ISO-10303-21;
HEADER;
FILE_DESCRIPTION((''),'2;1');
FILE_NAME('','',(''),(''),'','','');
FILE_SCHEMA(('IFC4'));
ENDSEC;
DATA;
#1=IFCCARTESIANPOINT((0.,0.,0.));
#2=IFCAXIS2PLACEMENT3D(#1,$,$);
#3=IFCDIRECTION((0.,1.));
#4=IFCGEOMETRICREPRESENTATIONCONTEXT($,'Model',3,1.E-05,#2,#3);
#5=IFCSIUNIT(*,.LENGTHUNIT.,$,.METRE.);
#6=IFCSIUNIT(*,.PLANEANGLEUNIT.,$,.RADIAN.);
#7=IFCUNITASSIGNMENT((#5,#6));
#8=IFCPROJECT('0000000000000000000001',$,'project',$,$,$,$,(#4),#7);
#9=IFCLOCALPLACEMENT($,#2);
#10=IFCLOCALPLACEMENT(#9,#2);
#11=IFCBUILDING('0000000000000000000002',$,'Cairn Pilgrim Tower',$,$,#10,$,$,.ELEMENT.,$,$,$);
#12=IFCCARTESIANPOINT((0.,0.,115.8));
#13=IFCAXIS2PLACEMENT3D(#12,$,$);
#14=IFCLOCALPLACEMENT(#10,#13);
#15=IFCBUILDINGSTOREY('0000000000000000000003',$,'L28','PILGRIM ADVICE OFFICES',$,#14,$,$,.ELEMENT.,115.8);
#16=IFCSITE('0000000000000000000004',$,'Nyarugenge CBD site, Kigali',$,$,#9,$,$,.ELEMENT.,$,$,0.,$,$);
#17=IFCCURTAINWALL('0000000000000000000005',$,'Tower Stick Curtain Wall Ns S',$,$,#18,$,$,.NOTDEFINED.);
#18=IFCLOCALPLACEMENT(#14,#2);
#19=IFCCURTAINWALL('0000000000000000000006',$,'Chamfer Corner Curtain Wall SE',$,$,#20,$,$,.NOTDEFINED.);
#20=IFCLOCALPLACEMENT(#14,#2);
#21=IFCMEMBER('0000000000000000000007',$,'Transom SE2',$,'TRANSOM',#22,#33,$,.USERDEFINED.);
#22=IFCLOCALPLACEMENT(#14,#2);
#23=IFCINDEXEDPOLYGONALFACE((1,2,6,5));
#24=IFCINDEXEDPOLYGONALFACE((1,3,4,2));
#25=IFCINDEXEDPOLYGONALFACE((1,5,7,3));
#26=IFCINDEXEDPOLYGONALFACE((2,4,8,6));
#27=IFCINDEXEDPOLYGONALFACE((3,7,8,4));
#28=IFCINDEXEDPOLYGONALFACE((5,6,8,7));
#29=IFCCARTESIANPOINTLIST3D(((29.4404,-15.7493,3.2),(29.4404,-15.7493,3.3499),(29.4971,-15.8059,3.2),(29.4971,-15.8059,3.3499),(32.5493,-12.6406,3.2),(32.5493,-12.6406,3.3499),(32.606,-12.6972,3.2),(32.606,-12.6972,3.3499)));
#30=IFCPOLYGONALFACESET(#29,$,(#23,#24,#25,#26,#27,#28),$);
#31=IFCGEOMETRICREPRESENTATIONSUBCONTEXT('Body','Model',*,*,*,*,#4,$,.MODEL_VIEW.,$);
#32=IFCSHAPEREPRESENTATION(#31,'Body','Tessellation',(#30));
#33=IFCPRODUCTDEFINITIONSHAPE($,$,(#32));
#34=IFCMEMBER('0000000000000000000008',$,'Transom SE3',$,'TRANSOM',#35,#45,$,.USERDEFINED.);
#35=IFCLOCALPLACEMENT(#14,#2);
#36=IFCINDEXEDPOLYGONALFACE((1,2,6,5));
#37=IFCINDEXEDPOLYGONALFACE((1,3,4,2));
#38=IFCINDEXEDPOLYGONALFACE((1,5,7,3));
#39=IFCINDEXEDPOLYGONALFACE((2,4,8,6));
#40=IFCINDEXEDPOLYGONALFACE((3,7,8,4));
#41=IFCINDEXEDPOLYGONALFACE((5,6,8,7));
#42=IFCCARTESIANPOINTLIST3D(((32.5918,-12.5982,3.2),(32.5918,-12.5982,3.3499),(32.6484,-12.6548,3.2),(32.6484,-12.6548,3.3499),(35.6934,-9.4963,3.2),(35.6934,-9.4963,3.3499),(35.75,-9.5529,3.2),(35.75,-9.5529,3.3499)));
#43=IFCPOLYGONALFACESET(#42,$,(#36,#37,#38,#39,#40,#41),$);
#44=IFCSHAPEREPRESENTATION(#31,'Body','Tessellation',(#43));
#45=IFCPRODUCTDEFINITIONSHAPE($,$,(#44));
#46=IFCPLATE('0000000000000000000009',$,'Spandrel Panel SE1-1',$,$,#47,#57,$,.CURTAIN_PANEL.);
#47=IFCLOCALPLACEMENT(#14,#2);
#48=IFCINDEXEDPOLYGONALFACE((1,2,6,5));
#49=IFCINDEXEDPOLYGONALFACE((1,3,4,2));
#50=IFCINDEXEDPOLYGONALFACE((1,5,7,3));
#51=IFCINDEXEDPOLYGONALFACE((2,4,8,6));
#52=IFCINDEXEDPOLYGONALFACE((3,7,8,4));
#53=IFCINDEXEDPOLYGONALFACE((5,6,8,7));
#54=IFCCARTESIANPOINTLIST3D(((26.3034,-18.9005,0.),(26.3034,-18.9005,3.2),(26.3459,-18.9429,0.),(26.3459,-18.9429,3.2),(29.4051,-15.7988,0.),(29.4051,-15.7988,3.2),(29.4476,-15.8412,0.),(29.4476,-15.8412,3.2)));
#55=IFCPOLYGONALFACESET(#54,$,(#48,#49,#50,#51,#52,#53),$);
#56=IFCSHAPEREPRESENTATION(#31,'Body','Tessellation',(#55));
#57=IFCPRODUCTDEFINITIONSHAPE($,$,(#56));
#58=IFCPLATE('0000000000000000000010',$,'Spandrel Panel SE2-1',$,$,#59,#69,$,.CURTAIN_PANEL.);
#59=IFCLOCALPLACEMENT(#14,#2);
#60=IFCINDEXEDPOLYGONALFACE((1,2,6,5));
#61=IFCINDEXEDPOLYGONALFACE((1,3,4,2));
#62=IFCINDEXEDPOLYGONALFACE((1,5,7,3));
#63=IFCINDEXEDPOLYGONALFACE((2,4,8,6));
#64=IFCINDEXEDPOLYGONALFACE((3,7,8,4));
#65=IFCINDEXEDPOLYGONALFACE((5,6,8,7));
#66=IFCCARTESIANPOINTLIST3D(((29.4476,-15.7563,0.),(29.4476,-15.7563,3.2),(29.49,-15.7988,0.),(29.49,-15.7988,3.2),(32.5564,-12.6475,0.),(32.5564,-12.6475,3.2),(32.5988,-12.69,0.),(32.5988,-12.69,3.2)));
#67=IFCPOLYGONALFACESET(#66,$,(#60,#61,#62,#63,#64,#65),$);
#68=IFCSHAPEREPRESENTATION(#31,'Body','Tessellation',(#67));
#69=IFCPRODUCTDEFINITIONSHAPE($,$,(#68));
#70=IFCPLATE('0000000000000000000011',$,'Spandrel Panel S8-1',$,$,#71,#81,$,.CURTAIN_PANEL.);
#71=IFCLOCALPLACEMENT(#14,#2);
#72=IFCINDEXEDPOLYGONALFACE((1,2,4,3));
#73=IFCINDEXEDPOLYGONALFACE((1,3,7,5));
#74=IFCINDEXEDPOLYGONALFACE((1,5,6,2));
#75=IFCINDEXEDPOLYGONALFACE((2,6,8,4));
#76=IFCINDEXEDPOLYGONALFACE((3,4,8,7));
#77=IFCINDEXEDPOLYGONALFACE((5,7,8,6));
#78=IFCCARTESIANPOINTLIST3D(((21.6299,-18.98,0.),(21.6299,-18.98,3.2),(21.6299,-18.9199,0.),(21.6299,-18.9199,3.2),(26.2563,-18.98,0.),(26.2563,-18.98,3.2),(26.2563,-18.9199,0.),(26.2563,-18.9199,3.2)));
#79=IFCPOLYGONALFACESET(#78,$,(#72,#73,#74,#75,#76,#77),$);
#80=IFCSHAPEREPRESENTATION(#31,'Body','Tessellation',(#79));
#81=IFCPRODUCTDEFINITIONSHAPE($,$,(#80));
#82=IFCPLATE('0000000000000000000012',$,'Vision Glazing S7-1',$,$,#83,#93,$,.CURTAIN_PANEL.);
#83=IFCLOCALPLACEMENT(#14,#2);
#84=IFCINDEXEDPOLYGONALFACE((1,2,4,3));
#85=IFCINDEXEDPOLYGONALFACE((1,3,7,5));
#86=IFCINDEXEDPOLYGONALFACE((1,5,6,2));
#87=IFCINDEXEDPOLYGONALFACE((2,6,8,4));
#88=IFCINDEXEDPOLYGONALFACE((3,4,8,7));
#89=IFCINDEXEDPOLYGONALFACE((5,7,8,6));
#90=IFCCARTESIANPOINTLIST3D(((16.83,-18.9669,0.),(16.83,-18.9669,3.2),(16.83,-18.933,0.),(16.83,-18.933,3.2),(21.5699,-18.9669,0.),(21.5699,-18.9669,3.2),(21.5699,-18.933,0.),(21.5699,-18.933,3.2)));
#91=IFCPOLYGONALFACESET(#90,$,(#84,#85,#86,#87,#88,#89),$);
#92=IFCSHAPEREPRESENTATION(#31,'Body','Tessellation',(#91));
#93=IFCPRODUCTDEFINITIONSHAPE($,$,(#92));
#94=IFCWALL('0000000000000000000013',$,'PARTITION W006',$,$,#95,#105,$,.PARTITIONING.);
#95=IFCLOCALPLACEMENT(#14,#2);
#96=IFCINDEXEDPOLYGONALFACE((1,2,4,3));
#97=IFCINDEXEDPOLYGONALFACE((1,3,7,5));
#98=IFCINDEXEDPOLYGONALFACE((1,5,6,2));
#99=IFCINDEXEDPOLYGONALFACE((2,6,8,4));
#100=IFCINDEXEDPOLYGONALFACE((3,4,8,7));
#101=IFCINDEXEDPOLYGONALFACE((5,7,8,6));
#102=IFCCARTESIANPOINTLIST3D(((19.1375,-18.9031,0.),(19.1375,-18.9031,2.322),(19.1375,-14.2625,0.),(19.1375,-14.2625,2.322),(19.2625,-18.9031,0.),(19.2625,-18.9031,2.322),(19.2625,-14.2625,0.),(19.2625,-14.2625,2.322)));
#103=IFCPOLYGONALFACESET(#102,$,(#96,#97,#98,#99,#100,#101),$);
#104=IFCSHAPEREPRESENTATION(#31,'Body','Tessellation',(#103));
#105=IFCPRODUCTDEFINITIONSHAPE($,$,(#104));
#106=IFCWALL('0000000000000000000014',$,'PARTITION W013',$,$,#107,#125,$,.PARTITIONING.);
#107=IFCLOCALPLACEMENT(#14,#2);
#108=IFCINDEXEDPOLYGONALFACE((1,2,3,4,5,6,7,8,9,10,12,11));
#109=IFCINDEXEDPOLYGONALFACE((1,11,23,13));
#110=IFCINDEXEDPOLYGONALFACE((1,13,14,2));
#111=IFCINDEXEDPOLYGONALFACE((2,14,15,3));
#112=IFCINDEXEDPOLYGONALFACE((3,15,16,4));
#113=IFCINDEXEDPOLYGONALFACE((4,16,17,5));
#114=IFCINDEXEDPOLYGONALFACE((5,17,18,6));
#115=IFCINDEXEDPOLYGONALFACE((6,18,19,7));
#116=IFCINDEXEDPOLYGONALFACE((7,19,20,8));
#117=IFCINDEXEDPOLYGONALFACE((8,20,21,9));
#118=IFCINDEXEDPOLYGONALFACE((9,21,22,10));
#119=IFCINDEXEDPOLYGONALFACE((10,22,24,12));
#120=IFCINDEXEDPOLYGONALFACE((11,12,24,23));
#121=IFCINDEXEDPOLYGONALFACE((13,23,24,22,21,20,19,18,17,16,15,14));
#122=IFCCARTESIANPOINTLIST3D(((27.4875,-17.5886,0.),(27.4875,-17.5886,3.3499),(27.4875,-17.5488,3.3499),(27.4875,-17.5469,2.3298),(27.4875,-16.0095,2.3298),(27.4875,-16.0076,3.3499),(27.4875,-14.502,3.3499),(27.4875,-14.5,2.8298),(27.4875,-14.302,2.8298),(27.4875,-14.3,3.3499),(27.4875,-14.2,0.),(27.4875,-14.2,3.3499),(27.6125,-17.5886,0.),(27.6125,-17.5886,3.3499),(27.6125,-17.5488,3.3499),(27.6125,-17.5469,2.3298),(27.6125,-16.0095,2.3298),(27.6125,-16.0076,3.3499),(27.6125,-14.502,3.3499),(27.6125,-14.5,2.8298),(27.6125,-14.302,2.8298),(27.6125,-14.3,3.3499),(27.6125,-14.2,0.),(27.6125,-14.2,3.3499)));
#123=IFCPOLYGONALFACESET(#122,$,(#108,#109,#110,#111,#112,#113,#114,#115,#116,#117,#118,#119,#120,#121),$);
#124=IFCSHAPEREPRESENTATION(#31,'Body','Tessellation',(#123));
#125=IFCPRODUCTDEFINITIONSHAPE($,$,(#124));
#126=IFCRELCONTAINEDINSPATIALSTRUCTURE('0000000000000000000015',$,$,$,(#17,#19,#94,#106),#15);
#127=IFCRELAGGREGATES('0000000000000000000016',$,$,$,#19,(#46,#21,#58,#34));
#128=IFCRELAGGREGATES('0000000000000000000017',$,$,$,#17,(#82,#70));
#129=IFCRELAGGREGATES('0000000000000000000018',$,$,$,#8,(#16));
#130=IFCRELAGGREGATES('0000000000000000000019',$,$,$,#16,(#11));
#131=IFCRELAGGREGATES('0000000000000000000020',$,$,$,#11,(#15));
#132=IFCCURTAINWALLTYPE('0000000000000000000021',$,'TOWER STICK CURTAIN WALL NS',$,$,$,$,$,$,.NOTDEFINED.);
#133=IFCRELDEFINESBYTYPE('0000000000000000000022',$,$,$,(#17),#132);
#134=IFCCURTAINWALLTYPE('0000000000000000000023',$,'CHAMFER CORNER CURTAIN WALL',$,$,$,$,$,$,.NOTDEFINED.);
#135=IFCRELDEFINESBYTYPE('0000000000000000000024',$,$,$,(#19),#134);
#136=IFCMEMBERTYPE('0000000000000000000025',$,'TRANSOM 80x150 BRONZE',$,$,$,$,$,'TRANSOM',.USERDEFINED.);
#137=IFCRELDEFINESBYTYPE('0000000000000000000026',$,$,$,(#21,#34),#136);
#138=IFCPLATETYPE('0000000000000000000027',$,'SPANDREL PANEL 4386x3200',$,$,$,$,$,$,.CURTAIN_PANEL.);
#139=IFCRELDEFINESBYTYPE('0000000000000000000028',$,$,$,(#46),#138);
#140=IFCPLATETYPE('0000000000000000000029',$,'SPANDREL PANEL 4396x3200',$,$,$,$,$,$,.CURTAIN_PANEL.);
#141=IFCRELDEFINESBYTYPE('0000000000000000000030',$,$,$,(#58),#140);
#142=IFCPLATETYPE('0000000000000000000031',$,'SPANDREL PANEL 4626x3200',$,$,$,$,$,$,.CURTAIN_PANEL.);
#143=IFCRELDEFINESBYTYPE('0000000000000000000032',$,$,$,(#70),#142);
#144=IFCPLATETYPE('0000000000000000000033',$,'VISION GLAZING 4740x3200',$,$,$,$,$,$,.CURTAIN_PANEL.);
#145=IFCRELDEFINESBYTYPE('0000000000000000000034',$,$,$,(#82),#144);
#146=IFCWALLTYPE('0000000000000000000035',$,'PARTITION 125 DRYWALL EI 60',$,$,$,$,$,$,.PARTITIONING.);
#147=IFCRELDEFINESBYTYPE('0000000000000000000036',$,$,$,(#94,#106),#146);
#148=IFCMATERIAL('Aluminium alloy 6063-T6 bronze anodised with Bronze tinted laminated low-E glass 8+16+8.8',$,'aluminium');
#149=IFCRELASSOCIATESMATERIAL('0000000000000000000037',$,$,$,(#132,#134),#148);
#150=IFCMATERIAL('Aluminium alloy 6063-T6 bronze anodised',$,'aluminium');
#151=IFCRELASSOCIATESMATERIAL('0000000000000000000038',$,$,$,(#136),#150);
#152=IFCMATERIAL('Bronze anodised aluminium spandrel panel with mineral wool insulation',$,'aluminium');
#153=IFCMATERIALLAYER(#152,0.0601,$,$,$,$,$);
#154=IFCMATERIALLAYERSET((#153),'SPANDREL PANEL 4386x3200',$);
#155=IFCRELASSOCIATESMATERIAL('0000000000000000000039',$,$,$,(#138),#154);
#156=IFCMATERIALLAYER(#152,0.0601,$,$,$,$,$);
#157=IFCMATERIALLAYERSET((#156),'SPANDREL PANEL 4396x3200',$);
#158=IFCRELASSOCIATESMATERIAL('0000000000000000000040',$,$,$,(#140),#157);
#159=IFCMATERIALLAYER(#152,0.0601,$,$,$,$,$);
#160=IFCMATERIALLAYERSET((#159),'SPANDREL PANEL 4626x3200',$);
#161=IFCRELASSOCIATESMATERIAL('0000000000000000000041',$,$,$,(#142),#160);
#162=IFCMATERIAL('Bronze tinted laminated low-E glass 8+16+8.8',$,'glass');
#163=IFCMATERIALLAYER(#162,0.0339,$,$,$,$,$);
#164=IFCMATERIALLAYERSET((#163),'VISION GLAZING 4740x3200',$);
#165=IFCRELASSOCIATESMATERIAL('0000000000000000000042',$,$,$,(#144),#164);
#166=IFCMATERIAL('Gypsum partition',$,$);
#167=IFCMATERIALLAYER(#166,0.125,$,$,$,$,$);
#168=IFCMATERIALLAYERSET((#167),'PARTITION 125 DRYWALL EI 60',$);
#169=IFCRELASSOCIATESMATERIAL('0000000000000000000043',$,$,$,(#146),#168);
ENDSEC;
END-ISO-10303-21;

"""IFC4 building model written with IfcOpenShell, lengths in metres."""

from ifc_helpers import new_model, si_unit, direction, frame, frame_2d, origin, origin_2d, place, context, subcontext, project, spatial, polyline, rectangle, outline, extrude, material, layer, layer_set, material_profile, profile_set, type_object, element, aggregate, save


model = new_model("IFC4")

# Units and contexts
model_context = context("Model", 3, precision=1e-05, world=origin(), true_north=direction((0.0, 1.0)))
body_context = subcontext(model_context, "Body", "Model", "MODEL_VIEW")
ifc_project = project(units=[si_unit("LENGTHUNIT", "METRE"), si_unit("PLANEANGLEUNIT", "RADIAN")], contexts=[model_context])

# Site, building, storey
site_placement = place(None, origin())
site = spatial("IfcSite", under=ifc_project, at=site_placement, Name="Nyarugenge CBD site, Kigali", CompositionType="ELEMENT", RefElevation=0.0)
building_placement = place(site_placement, origin())
building = spatial("IfcBuilding", under=site, at=building_placement, Name="Cairn Pilgrim Tower", CompositionType="ELEMENT")
storey_placement = place(building_placement, frame((0.0, 0.0, 115.8)))
storey = spatial("IfcBuildingStorey", under=building, at=storey_placement, Name="L28", Description="PILGRIM ADVICE OFFICES", CompositionType="ELEMENT", Elevation=115.8)

# Curtain wall
ifc_material_1 = material(Name="Aluminium alloy 6063-T6 bronze anodised with Bronze tinted laminated low-E glass 8+16+8.8", Category="aluminium")
curtain_wall_type_1 = type_object("IfcCurtainWallType", Name="TOWER STICK CURTAIN WALL NS", PredefinedType="NOTDEFINED", material=ifc_material_1)
curtain_wall_1_placement = place(storey_placement, origin())
curtain_wall_1 = element("IfcCurtainWall", 1, at=curtain_wall_1_placement, inside=storey, type_object=curtain_wall_type_1, Name="Tower Stick Curtain Wall Ns S", PredefinedType="NOTDEFINED")
ifc_material_2 = material(Name="Aluminium alloy 6063-T6 bronze anodised", Category="aluminium")

# Curtain wall
curtain_wall_type_2 = type_object("IfcCurtainWallType", Name="CHAMFER CORNER CURTAIN WALL", PredefinedType="NOTDEFINED", material=ifc_material_1)
curtain_wall_2_placement = place(storey_placement, origin())
curtain_wall_2 = element("IfcCurtainWall", 2, at=curtain_wall_2_placement, inside=storey, type_object=curtain_wall_type_2, Name="Chamfer Corner Curtain Wall SE", PredefinedType="NOTDEFINED")

# Members
ifc_material_profile_1 = material_profile(ifc_material_2, rectangle(XDim=0.0801, YDim=0.1499, at=origin_2d()), Name="TRANSOM 80x150 BRONZE")
ifc_profile_set_1 = profile_set([ifc_material_profile_1], Name="Aluminium alloy 6063-T6 bronze anodised")
member_type_1 = type_object("IfcMemberType", Name="TRANSOM 80x150 BRONZE", ElementType="TRANSOM", PredefinedType="USERDEFINED", material=ifc_profile_set_1)
member_1_placement = place(storey_placement, frame((29.4688, -15.7776, 3.2749), z_axis=(0.707135, 0.707079, 0.0), x_axis=(-0.707079, 0.707135, 0.0)))
member_1 = element("IfcMember", 3, at=member_1_placement, type_object=member_type_1, Name="Transom SE2", ObjectType="TRANSOM", PredefinedType="USERDEFINED", context=body_context, shape_type="SweptSolid", body=[
    extrude(rectangle(XDim=0.0801, YDim=0.1499, at=origin_2d()), origin(), (0.0, 0.0, 1.0), 4.3965),
])
member_2_placement = place(storey_placement, frame((32.6201, -12.6265, 3.2749), z_axis=(0.707079, 0.707135, 0.0), x_axis=(-0.707135, 0.707079, 0.0)))
member_2 = element("IfcMember", 4, at=member_2_placement, type_object=member_type_1, Name="Transom SE3", ObjectType="TRANSOM", PredefinedType="USERDEFINED", context=body_context, shape_type="SweptSolid", body=[
    extrude(rectangle(XDim=0.0801, YDim=0.1499, at=origin_2d()), origin(), (0.0, 0.0, 1.0), 4.3865),
])

# Plates
ifc_material_3 = material(Name="Bronze anodised aluminium spandrel panel with mineral wool insulation", Category="aluminium")
ifc_layer_1 = layer(ifc_material_3, 0.0601)
ifc_layer_set_1 = layer_set([ifc_layer_1], Name="SPANDREL PANEL 4386x3200")
plate_type_1 = type_object("IfcPlateType", Name="SPANDREL PANEL 4386x3200", PredefinedType="CURTAIN_PANEL", material=ifc_layer_set_1)
plate_1_placement = place(storey_placement, frame((27.8755, -17.3708, 0.0), z_axis=(0.0, 0.0, 1.0), x_axis=(0.707107, 0.707107, 0.0)))
plate_1 = element("IfcPlate", 5, at=plate_1_placement, type_object=plate_type_1, Name="Spandrel Panel SE1-1", PredefinedType="CURTAIN_PANEL", context=body_context, shape_type="SweptSolid", body=[
    extrude(rectangle(XDim=4.3865, YDim=0.0601, at=origin_2d()), origin(), (0.0, 0.0, 1.0), 3.2),
])
ifc_layer_2 = layer(ifc_material_3, 0.0601)
ifc_layer_set_2 = layer_set([ifc_layer_2], Name="SPANDREL PANEL 4396x3200")
plate_type_2 = type_object("IfcPlateType", Name="SPANDREL PANEL 4396x3200", PredefinedType="CURTAIN_PANEL", material=ifc_layer_set_2)
plate_2_placement = place(storey_placement, frame((31.0232, -14.2231, 0.0), z_axis=(0.0, 0.0, 1.0), x_axis=(0.707107, 0.707107, 0.0)))
plate_2 = element("IfcPlate", 6, at=plate_2_placement, type_object=plate_type_2, Name="Spandrel Panel SE2-1", PredefinedType="CURTAIN_PANEL", context=body_context, shape_type="SweptSolid", body=[
    extrude(rectangle(XDim=4.3965, YDim=0.0601, at=origin_2d()), origin(), (0.0, 0.0, 1.0), 3.2),
])
aggregate(curtain_wall_2, [plate_1, member_1, plate_2, member_2])
ifc_layer_3 = layer(ifc_material_3, 0.0601)
ifc_layer_set_3 = layer_set([ifc_layer_3], Name="SPANDREL PANEL 4626x3200")
plate_type_3 = type_object("IfcPlateType", Name="SPANDREL PANEL 4626x3200", PredefinedType="CURTAIN_PANEL", material=ifc_layer_set_3)
plate_3_placement = place(storey_placement, frame((23.9431, -18.95, 0.0), z_axis=(0.0, 0.0, 1.0), x_axis=(1.0, 0.0, 0.0)))
plate_3 = element("IfcPlate", 7, at=plate_3_placement, type_object=plate_type_3, Name="Spandrel Panel S8-1", PredefinedType="CURTAIN_PANEL", context=body_context, shape_type="SweptSolid", body=[
    extrude(rectangle(XDim=4.6265, YDim=0.0601, at=origin_2d()), origin(), (0.0, 0.0, 1.0), 3.2),
])
ifc_material_4 = material(Name="Bronze tinted laminated low-E glass 8+16+8.8", Category="glass")
ifc_layer_4 = layer(ifc_material_4, 0.0339)
ifc_layer_set_4 = layer_set([ifc_layer_4], Name="VISION GLAZING 4740x3200")
plate_type_4 = type_object("IfcPlateType", Name="VISION GLAZING 4740x3200", PredefinedType="CURTAIN_PANEL", material=ifc_layer_set_4)
plate_4_placement = place(storey_placement, frame((19.2, -18.95, 0.0), z_axis=(0.0, 0.0, 1.0), x_axis=(1.0, 0.0, 0.0)))
plate_4 = element("IfcPlate", 8, at=plate_4_placement, type_object=plate_type_4, Name="Vision Glazing S7-1", PredefinedType="CURTAIN_PANEL", context=body_context, shape_type="SweptSolid", body=[
    extrude(rectangle(XDim=4.74, YDim=0.0339, at=origin_2d()), origin(), (0.0, 0.0, 1.0), 3.2),
])
aggregate(curtain_wall_1, [plate_4, plate_3])

# Walls
ifc_material_5 = material(Name="Gypsum partition")
ifc_layer_5 = layer(ifc_material_5, 0.125)
ifc_layer_set_5 = layer_set([ifc_layer_5], Name="PARTITION 125 DRYWALL EI 60")
wall_type = type_object("IfcWallType", Name="PARTITION 125 DRYWALL EI 60", PredefinedType="PARTITIONING", material=ifc_layer_set_5)
wall_1_placement = place(storey_placement, frame((19.2, -18.9031, 0.0), z_axis=(0.0, 0.0, 1.0), x_axis=(0.0, 1.0, 0.0)))
element("IfcWall", 9, at=wall_1_placement, inside=storey, type_object=wall_type, Name="PARTITION W006", PredefinedType="PARTITIONING", context=body_context, shape_type="SweptSolid", body=[
    extrude(rectangle(XDim=4.6406, YDim=0.125, at=frame_2d((2.3203, 0.0))), origin(), (0.0, 0.0, 1.0), 2.322),
])
wall_2_placement = place(storey_placement, frame((27.55, -17.5886, 0.0), z_axis=(0.0, 0.0, 1.0), x_axis=(0.0, 1.0, 0.0)))
element("IfcWall", 10, at=wall_2_placement, inside=storey, type_object=wall_type, Name="PARTITION W013", PredefinedType="PARTITIONING", context=body_context, shape_type="SweptSolid", body=[
    extrude(outline(polyline([(0.0, 0.0), (3.3887, 0.0), (3.3887, 3.3499), (3.2886, 3.3499), (3.2866, 2.8298), (3.0886, 2.8298), (3.0867, 3.3499), (1.5811, 3.3499), (1.5791, 2.3298), (0.0417, 2.3298), (0.0398, 3.3499), (0.0, 3.3499), (0.0, 0.0)])), frame((0.0, 0.0625, 0.0), z_axis=(0.0, -1.0, 0.0), x_axis=(1.0, 0.0, 0.0)), (0.0, 0.0, 1.0), 0.125),
])

save(model, "model.ifc")
